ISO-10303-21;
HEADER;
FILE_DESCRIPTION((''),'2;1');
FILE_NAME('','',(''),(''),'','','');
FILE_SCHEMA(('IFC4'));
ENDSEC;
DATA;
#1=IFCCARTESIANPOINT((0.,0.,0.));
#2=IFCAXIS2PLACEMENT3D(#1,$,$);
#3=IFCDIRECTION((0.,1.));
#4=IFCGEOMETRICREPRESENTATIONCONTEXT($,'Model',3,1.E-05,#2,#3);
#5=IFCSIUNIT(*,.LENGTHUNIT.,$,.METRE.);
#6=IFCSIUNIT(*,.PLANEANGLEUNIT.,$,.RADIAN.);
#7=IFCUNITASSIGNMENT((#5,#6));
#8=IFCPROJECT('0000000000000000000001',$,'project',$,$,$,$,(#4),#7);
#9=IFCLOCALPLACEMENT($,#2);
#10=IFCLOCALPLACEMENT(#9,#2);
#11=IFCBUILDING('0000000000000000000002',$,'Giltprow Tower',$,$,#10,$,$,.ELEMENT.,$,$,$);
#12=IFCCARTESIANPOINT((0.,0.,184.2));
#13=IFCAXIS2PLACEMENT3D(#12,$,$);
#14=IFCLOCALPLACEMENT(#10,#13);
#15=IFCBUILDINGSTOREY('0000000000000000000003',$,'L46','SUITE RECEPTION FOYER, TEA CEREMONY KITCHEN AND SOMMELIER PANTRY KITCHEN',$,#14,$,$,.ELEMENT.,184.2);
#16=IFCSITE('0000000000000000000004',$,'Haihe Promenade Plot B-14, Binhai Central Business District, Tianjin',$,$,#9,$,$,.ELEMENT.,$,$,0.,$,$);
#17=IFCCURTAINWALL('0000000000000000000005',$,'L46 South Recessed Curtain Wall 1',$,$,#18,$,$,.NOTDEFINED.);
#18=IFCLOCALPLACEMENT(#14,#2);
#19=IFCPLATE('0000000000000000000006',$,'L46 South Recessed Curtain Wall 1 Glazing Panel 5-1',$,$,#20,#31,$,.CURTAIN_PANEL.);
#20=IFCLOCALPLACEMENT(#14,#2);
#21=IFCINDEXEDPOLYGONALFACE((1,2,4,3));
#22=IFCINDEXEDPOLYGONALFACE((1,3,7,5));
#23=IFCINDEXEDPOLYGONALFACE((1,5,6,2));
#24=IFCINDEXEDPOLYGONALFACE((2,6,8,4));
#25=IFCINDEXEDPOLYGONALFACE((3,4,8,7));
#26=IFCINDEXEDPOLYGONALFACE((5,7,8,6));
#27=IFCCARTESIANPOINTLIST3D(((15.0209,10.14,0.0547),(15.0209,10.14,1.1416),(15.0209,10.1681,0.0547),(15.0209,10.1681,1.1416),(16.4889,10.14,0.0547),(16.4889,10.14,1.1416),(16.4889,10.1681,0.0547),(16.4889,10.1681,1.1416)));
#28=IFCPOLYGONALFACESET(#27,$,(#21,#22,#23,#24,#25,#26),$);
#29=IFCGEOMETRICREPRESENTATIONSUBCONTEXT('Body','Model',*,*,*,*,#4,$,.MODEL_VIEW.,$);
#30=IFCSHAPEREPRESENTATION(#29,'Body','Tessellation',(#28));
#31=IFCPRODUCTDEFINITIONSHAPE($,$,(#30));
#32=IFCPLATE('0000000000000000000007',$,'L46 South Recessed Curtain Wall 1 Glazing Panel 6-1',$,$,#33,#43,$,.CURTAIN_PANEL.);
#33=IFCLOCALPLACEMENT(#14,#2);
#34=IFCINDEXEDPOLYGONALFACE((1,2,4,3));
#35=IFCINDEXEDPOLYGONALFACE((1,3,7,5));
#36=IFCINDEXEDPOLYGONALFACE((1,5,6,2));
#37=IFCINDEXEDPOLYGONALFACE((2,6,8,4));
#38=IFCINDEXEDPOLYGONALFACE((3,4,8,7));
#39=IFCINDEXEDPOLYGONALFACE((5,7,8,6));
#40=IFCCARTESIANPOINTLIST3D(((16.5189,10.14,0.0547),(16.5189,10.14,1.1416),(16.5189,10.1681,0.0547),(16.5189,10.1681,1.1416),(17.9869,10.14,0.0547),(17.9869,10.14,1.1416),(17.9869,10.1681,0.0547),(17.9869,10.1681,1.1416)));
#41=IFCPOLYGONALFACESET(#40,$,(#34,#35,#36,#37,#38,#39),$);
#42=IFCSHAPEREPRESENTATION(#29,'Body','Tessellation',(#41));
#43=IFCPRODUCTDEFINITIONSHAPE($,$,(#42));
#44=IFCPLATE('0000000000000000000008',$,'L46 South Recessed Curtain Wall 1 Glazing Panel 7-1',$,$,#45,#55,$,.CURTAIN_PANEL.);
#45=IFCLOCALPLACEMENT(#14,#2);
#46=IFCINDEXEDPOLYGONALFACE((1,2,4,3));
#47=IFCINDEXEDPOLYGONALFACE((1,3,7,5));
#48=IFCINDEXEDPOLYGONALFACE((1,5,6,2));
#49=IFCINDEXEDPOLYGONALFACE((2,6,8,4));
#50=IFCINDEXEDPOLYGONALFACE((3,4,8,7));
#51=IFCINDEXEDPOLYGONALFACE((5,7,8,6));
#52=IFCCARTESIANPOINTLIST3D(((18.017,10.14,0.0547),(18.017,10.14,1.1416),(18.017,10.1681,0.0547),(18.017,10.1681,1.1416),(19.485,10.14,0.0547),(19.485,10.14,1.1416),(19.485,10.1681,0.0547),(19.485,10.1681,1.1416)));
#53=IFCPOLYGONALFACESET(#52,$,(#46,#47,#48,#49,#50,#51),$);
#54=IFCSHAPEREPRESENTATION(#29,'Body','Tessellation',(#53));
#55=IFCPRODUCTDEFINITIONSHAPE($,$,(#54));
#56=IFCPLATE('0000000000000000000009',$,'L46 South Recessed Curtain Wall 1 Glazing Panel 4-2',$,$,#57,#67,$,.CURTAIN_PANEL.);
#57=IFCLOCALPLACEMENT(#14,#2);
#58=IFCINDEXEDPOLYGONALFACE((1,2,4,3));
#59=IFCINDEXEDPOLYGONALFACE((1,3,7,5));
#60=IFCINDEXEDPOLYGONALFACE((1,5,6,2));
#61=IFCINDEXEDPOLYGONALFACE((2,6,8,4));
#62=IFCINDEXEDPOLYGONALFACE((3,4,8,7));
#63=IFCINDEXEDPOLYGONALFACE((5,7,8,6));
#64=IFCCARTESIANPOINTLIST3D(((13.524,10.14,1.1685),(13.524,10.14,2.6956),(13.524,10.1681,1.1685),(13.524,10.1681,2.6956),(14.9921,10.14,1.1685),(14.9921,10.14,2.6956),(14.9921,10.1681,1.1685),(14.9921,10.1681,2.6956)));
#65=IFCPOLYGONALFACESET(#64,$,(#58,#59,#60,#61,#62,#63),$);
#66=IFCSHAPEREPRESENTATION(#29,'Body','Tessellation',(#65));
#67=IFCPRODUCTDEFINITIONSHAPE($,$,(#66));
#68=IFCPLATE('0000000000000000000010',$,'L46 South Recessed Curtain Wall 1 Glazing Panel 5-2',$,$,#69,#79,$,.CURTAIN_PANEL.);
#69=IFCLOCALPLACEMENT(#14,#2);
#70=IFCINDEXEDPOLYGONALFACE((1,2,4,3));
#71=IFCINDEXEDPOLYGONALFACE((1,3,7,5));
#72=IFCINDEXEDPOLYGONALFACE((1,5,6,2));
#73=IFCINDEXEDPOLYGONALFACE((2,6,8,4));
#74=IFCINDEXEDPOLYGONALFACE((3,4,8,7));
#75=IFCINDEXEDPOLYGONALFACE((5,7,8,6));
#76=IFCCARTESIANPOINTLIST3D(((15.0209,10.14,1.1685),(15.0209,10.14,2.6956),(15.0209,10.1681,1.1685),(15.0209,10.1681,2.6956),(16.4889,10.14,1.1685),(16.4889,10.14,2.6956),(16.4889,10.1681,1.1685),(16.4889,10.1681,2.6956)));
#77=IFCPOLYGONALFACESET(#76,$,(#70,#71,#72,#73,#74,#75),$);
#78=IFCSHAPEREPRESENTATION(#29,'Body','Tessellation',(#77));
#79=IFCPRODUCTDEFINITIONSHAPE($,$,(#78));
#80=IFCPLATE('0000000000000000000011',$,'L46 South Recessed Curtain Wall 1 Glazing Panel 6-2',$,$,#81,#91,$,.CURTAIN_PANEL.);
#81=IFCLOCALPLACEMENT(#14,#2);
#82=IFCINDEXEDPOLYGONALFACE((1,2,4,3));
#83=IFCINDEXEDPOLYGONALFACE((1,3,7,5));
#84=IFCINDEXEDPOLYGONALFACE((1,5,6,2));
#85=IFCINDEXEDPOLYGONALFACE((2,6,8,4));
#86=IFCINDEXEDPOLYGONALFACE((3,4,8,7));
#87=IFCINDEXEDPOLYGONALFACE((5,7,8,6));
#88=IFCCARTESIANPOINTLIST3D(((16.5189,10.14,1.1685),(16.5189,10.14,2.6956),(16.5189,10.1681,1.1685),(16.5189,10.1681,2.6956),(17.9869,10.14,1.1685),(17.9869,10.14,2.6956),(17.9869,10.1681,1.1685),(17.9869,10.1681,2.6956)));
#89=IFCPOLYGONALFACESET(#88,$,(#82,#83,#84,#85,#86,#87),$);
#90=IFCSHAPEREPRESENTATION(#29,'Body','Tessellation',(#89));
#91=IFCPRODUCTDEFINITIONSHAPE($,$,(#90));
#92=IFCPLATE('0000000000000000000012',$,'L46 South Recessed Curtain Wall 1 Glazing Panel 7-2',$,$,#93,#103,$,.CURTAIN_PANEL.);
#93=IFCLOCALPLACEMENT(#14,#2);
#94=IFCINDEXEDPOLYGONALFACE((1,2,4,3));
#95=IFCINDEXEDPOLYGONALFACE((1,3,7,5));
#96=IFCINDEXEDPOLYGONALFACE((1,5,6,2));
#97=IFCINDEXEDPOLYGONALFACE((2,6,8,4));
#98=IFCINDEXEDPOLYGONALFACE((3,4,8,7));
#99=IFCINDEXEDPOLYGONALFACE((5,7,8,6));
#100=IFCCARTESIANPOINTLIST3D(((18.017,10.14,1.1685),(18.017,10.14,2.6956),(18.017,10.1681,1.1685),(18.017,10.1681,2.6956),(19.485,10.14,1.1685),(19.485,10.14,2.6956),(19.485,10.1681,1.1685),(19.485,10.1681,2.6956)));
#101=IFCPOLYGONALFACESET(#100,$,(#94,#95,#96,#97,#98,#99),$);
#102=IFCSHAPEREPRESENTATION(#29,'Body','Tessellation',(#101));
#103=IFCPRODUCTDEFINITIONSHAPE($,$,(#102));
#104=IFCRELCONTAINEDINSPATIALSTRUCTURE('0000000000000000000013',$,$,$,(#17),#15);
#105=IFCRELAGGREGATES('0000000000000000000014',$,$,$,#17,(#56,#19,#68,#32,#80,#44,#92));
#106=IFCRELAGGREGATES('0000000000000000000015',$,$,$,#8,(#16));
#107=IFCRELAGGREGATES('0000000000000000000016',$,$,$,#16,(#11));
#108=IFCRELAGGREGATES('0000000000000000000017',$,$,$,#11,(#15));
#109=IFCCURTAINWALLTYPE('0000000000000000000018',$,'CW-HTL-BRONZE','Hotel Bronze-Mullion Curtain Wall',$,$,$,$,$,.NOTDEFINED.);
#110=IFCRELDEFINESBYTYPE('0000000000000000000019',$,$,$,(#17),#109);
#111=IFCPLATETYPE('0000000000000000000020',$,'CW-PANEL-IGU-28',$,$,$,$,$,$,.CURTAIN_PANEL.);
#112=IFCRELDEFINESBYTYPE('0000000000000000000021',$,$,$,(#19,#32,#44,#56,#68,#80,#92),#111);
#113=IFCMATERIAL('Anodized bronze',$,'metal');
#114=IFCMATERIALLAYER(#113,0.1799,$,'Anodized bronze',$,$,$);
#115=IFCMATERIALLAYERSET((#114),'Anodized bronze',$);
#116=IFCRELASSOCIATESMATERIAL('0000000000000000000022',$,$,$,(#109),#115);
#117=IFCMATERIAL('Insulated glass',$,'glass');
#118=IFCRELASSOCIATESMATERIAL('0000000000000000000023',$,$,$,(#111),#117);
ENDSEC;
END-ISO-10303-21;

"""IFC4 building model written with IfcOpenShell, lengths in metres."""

from ifc_helpers import new_model, si_unit, direction, frame, origin, origin_2d, place, context, subcontext, project, spatial, rectangle, extrude, source, transform, mapped, material, layer, layer_set, type_object, element, aggregate, save


model = new_model("IFC4")

# Units and contexts
model_context = context("Model", 3, precision=1e-05, world=origin(), true_north=direction((0.0, 1.0)))
body_context = subcontext(model_context, "Body", "Model", "MODEL_VIEW")
ifc_project = project(units=[si_unit("LENGTHUNIT", "METRE"), si_unit("PLANEANGLEUNIT", "RADIAN")], contexts=[model_context])

# Site, building, storey
site_placement = place(None, origin())
site = spatial("IfcSite", under=ifc_project, at=site_placement, Name="Haihe Promenade Plot B-14, Binhai Central Business District, Tianjin", CompositionType="ELEMENT", RefElevation=0.0)
building_placement = place(site_placement, origin())
building = spatial("IfcBuilding", under=site, at=building_placement, Name="Giltprow Tower", CompositionType="ELEMENT")
storey_placement = place(building_placement, frame((0.0, 0.0, 184.2)))
storey = spatial("IfcBuildingStorey", under=building, at=storey_placement, Name="L46", Description="SUITE RECEPTION FOYER, TEA CEREMONY KITCHEN AND SOMMELIER PANTRY KITCHEN", CompositionType="ELEMENT", Elevation=184.2)

# Curtain wall, plates
ifc_material_1 = material(Name="Anodized bronze", Category="metal")
ifc_layer = layer(ifc_material_1, 0.1799, Name="Anodized bronze")
ifc_layer_set = layer_set([ifc_layer], Name="Anodized bronze")
curtain_wall_type = type_object("IfcCurtainWallType", Name="CW-HTL-BRONZE", Description="Hotel Bronze-Mullion Curtain Wall", PredefinedType="NOTDEFINED", material=ifc_layer_set)
curtain_wall_placement = place(storey_placement, origin())
curtain_wall = element("IfcCurtainWall", 1, at=curtain_wall_placement, inside=storey, type_object=curtain_wall_type, Name="L46 South Recessed Curtain Wall 1", PredefinedType="NOTDEFINED")
ifc_material_2 = material(Name="Insulated glass", Category="glass")
plate_type = type_object("IfcPlateType", Name="CW-PANEL-IGU-28", PredefinedType="CURTAIN_PANEL", material=ifc_material_2)
shared_shape_1 = source(origin(), body_context, "Body", "SweptSolid", [
    extrude(rectangle(XDim=1.468, YDim=0.0281, at=origin_2d()), origin(), (0.0, 0.0, 1.0), 1.0869),
])
plate_1_placement = place(storey_placement, frame((15.7549, 10.1541, 0.0547), z_axis=(0.0, 0.0, 1.0), x_axis=(1.0, 0.0, 0.0)))
plate_1 = element("IfcPlate", 2, at=plate_1_placement, type_object=plate_type, Name="L46 South Recessed Curtain Wall 1 Glazing Panel 5-1", PredefinedType="CURTAIN_PANEL", context=body_context, shape_type="MappedRepresentation", body=[
    mapped(shared_shape_1, transform((0.0, 0.0, 0.0), x_axis=(1.0, 0.0, 0.0), y_axis=(0.0, 1.0, 0.0), z_axis=(0.0, 0.0, 1.0), scale=1.0)),
])
plate_2_placement = place(storey_placement, frame((17.2529, 10.1541, 0.0547), z_axis=(0.0, 0.0, 1.0), x_axis=(1.0, 0.0, 0.0)))
plate_2 = element("IfcPlate", 3, at=plate_2_placement, type_object=plate_type, Name="L46 South Recessed Curtain Wall 1 Glazing Panel 6-1", PredefinedType="CURTAIN_PANEL", context=body_context, shape_type="MappedRepresentation", body=[
    mapped(shared_shape_1, transform((0.0, 0.0, 0.0), x_axis=(1.0, 0.0, 0.0), y_axis=(0.0, 1.0, 0.0), z_axis=(0.0, 0.0, 1.0), scale=1.0)),
])
plate_3_placement = place(storey_placement, frame((18.751, 10.1541, 0.0547), z_axis=(0.0, 0.0, 1.0), x_axis=(1.0, 0.0, 0.0)))
plate_3 = element("IfcPlate", 4, at=plate_3_placement, type_object=plate_type, Name="L46 South Recessed Curtain Wall 1 Glazing Panel 7-1", PredefinedType="CURTAIN_PANEL", context=body_context, shape_type="MappedRepresentation", body=[
    mapped(shared_shape_1, transform((0.0, 0.0, 0.0), x_axis=(1.0, 0.0, 0.0), y_axis=(0.0, 1.0, 0.0), z_axis=(0.0, 0.0, 1.0), scale=1.0)),
])
shared_shape_2 = source(origin(), body_context, "Body", "SweptSolid", [
    extrude(rectangle(XDim=1.468, YDim=0.0281, at=origin_2d()), origin(), (0.0, 0.0, 1.0), 1.5271),
])
plate_4_placement = place(storey_placement, frame((14.2581, 10.1541, 1.1685), z_axis=(0.0, 0.0, 1.0), x_axis=(1.0, 0.0, 0.0)))
plate_4 = element("IfcPlate", 5, at=plate_4_placement, type_object=plate_type, Name="L46 South Recessed Curtain Wall 1 Glazing Panel 4-2", PredefinedType="CURTAIN_PANEL", context=body_context, shape_type="MappedRepresentation", body=[
    mapped(shared_shape_2, transform((0.0, 0.0, 0.0), x_axis=(1.0, 0.0, 0.0), y_axis=(0.0, 1.0, 0.0), z_axis=(0.0, 0.0, 1.0), scale=1.0)),
])
plate_5_placement = place(storey_placement, frame((15.7549, 10.1541, 1.1685), z_axis=(0.0, 0.0, 1.0), x_axis=(1.0, 0.0, 0.0)))
plate_5 = element("IfcPlate", 6, at=plate_5_placement, type_object=plate_type, Name="L46 South Recessed Curtain Wall 1 Glazing Panel 5-2", PredefinedType="CURTAIN_PANEL", context=body_context, shape_type="MappedRepresentation", body=[
    mapped(shared_shape_2, transform((0.0, 0.0, 0.0), x_axis=(1.0, 0.0, 0.0), y_axis=(0.0, 1.0, 0.0), z_axis=(0.0, 0.0, 1.0), scale=1.0)),
])
plate_6_placement = place(storey_placement, frame((17.2529, 10.1541, 1.1685), z_axis=(0.0, 0.0, 1.0), x_axis=(1.0, 0.0, 0.0)))
plate_6 = element("IfcPlate", 7, at=plate_6_placement, type_object=plate_type, Name="L46 South Recessed Curtain Wall 1 Glazing Panel 6-2", PredefinedType="CURTAIN_PANEL", context=body_context, shape_type="MappedRepresentation", body=[
    mapped(shared_shape_2, transform((0.0, 0.0, 0.0), x_axis=(1.0, 0.0, 0.0), y_axis=(0.0, 1.0, 0.0), z_axis=(0.0, 0.0, 1.0), scale=1.0)),
])
plate_7_placement = place(storey_placement, frame((18.751, 10.1541, 1.1685), z_axis=(0.0, 0.0, 1.0), x_axis=(1.0, 0.0, 0.0)))
plate_7 = element("IfcPlate", 8, at=plate_7_placement, type_object=plate_type, Name="L46 South Recessed Curtain Wall 1 Glazing Panel 7-2", PredefinedType="CURTAIN_PANEL", context=body_context, shape_type="MappedRepresentation", body=[
    mapped(shared_shape_2, transform((0.0, 0.0, 0.0), x_axis=(1.0, 0.0, 0.0), y_axis=(0.0, 1.0, 0.0), z_axis=(0.0, 0.0, 1.0), scale=1.0)),
])
aggregate(curtain_wall, [plate_4, plate_1, plate_5, plate_2, plate_6, plate_3, plate_7])

save(model, "model.ifc")
